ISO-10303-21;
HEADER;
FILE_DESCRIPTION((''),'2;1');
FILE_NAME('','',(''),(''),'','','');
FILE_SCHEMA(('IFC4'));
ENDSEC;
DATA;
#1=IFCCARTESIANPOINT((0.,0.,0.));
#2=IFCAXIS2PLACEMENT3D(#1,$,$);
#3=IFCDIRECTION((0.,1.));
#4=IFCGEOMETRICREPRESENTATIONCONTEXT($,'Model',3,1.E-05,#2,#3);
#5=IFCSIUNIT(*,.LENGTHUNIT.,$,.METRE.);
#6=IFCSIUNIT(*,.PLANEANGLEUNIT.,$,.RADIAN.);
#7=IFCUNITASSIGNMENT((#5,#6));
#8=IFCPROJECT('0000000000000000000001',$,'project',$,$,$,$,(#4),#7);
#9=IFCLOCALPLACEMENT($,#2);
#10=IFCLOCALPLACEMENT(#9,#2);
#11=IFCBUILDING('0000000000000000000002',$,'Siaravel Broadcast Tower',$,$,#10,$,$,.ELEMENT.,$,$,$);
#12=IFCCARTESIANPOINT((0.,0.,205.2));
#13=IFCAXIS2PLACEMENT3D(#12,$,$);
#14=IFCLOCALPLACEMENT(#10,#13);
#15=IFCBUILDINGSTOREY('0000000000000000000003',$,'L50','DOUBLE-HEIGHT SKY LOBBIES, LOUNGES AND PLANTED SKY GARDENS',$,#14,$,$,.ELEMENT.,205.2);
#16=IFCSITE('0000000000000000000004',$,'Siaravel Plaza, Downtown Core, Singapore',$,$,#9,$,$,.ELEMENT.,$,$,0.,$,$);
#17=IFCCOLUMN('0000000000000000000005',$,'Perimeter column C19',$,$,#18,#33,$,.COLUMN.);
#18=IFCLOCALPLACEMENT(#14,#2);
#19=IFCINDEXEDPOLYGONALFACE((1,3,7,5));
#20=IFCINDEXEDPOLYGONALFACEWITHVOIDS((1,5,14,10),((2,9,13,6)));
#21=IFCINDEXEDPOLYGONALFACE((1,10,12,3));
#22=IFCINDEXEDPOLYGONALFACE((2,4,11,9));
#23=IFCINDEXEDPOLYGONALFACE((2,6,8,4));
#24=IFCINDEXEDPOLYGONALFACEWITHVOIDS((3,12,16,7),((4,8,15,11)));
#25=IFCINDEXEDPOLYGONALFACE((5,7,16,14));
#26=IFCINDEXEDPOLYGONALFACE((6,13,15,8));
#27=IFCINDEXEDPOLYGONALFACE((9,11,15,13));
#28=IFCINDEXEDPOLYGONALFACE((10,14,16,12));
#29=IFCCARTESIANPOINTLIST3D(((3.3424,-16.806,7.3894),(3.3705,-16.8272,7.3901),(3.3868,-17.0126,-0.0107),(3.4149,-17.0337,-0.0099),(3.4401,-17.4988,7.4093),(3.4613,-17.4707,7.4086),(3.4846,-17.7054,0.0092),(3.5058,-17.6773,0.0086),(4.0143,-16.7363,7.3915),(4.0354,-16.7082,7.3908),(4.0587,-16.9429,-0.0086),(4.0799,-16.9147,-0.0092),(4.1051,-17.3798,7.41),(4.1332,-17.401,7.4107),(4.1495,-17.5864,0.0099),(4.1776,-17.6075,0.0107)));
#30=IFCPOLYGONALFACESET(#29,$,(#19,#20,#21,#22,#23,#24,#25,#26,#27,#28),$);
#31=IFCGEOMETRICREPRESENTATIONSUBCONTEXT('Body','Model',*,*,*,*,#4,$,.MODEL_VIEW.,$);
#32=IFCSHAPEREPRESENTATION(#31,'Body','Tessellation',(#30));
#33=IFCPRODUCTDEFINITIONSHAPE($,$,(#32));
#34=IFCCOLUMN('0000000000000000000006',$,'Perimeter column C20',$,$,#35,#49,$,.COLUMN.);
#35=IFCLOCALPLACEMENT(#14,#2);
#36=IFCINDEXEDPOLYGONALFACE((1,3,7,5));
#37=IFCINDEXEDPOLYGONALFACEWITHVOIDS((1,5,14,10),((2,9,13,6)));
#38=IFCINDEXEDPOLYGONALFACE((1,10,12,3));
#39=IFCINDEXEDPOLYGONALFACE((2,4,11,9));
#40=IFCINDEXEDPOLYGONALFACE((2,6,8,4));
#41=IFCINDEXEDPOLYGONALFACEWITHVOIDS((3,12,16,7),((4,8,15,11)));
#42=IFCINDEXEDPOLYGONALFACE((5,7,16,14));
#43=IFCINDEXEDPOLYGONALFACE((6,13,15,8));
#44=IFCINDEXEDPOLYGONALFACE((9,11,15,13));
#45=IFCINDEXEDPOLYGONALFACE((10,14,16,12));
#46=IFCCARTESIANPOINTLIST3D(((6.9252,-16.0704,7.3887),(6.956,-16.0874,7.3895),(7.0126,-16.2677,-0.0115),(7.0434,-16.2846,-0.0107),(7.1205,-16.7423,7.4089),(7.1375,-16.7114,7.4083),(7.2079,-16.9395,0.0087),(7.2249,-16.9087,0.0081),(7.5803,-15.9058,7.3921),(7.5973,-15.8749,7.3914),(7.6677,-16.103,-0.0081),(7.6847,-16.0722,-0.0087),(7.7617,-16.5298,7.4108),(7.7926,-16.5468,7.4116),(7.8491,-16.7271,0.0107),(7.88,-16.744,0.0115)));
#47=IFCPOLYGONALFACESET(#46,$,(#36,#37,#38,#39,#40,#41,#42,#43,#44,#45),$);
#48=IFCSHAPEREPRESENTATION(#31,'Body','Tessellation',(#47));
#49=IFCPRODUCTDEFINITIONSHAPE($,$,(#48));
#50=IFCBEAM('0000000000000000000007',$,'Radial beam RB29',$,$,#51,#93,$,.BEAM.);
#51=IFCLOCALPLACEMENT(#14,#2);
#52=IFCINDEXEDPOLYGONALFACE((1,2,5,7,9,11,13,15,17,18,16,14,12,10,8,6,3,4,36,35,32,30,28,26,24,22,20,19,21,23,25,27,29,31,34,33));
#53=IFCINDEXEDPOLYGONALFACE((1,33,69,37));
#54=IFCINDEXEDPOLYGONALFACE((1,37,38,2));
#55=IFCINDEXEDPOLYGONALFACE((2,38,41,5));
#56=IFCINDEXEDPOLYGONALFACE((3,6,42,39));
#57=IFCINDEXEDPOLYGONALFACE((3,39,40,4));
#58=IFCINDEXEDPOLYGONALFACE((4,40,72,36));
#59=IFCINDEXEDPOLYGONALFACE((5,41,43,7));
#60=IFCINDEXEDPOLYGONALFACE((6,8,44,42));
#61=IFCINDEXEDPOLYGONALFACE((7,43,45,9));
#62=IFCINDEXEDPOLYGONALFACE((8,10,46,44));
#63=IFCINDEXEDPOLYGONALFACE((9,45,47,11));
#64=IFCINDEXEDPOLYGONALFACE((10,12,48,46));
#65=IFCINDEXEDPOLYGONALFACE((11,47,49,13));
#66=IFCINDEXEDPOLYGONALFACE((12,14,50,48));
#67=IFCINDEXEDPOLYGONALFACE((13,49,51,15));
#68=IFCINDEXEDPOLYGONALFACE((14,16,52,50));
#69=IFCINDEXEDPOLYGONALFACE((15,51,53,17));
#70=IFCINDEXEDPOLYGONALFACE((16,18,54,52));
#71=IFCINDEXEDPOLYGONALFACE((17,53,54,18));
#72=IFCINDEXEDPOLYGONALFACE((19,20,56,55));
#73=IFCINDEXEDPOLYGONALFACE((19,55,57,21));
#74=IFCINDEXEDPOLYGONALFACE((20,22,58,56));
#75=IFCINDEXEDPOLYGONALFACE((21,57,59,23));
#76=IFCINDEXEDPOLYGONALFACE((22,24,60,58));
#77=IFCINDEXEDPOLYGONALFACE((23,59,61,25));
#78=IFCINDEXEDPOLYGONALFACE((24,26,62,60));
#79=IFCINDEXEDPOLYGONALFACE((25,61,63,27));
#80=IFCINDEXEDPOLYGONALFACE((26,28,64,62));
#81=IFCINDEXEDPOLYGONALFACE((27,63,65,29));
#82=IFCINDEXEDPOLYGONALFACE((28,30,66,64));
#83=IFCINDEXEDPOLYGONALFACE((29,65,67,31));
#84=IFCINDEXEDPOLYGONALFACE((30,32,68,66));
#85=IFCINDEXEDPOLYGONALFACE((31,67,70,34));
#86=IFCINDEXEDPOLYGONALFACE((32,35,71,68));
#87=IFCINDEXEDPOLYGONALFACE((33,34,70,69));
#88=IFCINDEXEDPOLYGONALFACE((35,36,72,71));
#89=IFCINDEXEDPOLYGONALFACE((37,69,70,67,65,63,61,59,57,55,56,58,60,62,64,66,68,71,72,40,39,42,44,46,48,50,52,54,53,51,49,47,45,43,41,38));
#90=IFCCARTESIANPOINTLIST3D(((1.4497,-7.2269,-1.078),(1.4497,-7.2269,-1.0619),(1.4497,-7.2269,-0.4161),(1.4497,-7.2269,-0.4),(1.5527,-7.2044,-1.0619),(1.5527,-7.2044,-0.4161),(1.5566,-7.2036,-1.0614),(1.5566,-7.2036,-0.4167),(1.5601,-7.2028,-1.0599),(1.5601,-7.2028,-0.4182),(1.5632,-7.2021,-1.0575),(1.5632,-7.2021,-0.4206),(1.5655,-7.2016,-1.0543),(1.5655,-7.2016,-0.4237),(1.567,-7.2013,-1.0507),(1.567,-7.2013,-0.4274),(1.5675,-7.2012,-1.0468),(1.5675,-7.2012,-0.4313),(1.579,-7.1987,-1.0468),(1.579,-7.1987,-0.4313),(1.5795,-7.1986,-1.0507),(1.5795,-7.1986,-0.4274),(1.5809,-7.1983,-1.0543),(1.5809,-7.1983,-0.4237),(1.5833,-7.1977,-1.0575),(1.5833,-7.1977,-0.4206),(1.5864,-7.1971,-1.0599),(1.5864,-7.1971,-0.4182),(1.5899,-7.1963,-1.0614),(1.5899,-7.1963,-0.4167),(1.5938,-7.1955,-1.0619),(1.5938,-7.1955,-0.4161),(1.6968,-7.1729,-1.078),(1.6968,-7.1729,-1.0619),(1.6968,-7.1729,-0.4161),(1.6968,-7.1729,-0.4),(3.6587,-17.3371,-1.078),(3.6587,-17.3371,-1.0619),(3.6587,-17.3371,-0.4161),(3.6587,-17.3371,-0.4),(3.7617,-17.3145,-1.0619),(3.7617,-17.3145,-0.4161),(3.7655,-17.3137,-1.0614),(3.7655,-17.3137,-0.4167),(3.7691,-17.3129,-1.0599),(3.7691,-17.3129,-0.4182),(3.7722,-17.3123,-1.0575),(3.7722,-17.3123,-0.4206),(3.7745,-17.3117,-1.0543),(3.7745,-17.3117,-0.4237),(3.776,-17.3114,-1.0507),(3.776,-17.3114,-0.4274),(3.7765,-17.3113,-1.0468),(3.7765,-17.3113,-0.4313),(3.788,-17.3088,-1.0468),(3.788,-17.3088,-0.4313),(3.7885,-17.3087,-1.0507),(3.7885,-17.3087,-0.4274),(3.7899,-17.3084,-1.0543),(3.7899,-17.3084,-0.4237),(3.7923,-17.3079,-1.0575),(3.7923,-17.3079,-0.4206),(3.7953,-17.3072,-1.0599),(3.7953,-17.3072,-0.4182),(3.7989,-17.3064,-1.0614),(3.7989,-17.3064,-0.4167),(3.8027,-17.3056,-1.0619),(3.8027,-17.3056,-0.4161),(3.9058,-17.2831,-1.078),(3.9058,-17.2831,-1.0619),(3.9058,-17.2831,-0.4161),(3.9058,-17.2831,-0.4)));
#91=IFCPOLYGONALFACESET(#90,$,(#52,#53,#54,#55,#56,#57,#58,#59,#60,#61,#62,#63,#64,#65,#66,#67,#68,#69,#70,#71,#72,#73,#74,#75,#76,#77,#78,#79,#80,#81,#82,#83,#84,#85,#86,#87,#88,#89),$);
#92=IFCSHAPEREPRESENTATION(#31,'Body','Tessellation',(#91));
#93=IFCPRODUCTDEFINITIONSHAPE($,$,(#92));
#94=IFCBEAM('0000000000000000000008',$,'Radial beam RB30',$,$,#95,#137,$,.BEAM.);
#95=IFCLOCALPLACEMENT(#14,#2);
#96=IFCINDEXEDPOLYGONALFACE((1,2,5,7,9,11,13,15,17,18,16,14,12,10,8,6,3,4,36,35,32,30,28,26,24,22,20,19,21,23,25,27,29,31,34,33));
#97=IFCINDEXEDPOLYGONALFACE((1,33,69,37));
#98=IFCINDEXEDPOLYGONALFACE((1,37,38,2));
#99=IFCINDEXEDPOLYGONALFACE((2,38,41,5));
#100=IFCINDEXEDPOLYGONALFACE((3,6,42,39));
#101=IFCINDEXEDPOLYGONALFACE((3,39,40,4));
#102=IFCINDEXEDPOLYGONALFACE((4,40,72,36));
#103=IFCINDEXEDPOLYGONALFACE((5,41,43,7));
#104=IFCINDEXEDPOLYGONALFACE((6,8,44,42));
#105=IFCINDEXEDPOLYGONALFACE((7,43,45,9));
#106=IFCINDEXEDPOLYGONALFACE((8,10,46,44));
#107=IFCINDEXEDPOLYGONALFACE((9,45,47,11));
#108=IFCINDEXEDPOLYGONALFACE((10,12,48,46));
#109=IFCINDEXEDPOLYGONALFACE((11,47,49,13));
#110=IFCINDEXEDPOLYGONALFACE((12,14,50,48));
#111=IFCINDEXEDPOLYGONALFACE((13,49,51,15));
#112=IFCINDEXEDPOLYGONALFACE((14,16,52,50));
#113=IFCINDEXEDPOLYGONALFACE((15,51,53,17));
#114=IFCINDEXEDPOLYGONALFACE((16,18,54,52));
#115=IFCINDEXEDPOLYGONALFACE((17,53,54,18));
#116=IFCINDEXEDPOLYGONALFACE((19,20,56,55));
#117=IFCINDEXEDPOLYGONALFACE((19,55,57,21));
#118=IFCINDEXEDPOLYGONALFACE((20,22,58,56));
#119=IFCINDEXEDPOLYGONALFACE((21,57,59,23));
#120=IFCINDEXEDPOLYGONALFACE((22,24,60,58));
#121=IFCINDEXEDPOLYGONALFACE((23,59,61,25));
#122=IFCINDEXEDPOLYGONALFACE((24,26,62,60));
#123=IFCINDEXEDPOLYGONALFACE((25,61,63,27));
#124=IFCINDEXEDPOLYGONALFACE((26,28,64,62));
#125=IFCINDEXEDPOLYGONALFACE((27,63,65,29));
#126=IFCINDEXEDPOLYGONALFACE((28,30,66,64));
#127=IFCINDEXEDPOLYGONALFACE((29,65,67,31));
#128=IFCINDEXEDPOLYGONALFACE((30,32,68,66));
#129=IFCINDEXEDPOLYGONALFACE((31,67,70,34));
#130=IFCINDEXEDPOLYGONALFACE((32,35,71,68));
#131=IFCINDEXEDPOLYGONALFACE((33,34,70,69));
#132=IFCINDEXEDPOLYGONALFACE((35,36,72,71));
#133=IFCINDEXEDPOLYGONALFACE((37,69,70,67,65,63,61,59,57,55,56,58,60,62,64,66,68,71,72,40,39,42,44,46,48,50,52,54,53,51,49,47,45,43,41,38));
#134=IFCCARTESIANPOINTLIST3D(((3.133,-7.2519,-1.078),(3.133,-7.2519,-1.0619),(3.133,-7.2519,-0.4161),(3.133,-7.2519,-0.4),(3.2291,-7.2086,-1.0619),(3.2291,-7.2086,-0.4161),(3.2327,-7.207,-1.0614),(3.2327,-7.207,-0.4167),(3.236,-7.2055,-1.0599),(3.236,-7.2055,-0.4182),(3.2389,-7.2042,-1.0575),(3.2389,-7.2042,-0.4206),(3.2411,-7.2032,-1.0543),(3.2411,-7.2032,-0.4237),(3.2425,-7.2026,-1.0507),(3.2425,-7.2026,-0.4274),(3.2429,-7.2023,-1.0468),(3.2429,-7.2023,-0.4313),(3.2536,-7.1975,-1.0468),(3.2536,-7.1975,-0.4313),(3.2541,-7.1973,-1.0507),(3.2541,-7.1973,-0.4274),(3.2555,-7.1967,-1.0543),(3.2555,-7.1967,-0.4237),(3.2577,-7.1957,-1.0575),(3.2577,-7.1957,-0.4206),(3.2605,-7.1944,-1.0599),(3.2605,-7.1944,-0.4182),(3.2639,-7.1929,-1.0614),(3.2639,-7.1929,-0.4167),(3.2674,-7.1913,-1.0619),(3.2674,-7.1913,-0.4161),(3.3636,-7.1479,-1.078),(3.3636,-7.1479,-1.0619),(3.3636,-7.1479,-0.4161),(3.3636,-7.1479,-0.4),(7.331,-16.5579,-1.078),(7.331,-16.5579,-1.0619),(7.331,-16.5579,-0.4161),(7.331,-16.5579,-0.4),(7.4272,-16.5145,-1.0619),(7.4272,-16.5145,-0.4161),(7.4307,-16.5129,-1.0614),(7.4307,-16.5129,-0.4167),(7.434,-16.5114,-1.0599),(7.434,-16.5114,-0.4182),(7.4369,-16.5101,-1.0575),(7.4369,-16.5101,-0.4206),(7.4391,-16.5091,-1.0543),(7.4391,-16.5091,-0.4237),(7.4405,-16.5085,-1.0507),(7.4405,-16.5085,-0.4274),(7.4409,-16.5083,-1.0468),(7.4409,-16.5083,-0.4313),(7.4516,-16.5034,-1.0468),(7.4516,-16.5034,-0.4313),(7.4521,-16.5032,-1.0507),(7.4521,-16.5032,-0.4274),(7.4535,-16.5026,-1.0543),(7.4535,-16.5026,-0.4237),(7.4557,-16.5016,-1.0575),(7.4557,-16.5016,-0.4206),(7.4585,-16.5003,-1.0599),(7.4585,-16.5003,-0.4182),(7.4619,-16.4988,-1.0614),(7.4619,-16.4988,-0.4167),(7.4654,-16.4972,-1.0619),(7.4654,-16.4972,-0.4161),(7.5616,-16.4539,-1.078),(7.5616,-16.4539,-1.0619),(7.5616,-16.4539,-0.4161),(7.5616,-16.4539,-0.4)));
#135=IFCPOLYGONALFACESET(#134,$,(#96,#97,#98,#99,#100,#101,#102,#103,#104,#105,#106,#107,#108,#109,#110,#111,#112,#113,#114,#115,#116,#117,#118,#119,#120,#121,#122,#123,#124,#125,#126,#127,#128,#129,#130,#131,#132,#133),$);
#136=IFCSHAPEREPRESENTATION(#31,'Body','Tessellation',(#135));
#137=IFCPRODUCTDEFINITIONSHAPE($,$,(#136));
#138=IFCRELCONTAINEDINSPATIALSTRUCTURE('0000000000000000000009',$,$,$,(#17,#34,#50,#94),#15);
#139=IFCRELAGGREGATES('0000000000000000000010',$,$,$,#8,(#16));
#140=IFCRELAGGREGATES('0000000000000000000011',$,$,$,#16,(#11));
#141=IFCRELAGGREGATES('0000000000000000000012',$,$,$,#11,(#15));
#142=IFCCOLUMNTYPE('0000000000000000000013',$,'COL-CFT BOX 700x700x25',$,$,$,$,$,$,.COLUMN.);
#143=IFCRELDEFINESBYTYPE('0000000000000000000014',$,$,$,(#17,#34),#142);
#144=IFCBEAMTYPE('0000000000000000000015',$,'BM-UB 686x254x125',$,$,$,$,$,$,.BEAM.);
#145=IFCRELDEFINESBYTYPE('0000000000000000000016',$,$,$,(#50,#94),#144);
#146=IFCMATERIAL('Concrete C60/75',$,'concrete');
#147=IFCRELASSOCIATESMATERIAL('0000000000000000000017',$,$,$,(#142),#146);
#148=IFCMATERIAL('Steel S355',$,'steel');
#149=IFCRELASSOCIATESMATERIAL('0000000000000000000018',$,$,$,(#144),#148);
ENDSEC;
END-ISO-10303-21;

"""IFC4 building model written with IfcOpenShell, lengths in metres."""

from ifc_helpers import new_model, si_unit, direction, frame, origin, origin_2d, place, context, subcontext, project, spatial, hollow_rectangle, i_section, extrude, material, material_profile, profile_set, type_object, element, save


model = new_model("IFC4")

# Units and contexts
model_context = context("Model", 3, precision=1e-05, world=origin(), true_north=direction((0.0, 1.0)))
body_context = subcontext(model_context, "Body", "Model", "MODEL_VIEW")
ifc_project = project(units=[si_unit("LENGTHUNIT", "METRE"), si_unit("PLANEANGLEUNIT", "RADIAN")], contexts=[model_context])

# Site, building, storey
site_placement = place(None, origin())
site = spatial("IfcSite", under=ifc_project, at=site_placement, Name="Siaravel Plaza, Downtown Core, Singapore", CompositionType="ELEMENT", RefElevation=0.0)
building_placement = place(site_placement, origin())
building = spatial("IfcBuilding", under=site, at=building_placement, Name="Siaravel Broadcast Tower", CompositionType="ELEMENT")
storey_placement = place(building_placement, frame((0.0, 0.0, 205.2)))
storey = spatial("IfcBuildingStorey", under=building, at=storey_placement, Name="L50", Description="DOUBLE-HEIGHT SKY LOBBIES, LOUNGES AND PLANTED SKY GARDENS", CompositionType="ELEMENT", Elevation=205.2)

# Columns
ifc_material_1 = material(Name="Concrete C60/75", Category="concrete")
ifc_material_profile_1 = material_profile(ifc_material_1, hollow_rectangle(XDim=0.7, YDim=0.7, WallThickness=0.0249, at=origin_2d()))
ifc_profile_set_1 = profile_set([ifc_material_profile_1], Name="Concrete C60/75")
column_type = type_object("IfcColumnType", Name="COL-CFT BOX 700x700x25", PredefinedType="COLUMN", material=ifc_profile_set_1)
column_1_placement = place(storey_placement, frame((3.7822, -17.3101, 0.0), z_axis=(-0.006002, 0.027899, 0.999593), x_axis=(-0.990179, -0.139789, -0.002044)))
element("IfcColumn", 1, at=column_1_placement, inside=storey, type_object=column_type, Name="Perimeter column C19", PredefinedType="COLUMN", context=body_context, shape_type="SweptSolid", body=[
    extrude(hollow_rectangle(XDim=0.7, YDim=0.7, WallThickness=0.0249, at=origin_2d()), origin(), (0.0, 0.0, 1.0), 7.4031),
])
column_2_placement = place(storey_placement, frame((7.4463, -16.5059, 0.0), z_axis=(-0.011806, 0.026646, 0.999575), x_axis=(-0.960194, -0.279306, -0.003895)))
element("IfcColumn", 2, at=column_2_placement, inside=storey, type_object=column_type, Name="Perimeter column C20", PredefinedType="COLUMN", context=body_context, shape_type="SweptSolid", body=[
    extrude(hollow_rectangle(XDim=0.7, YDim=0.7, WallThickness=0.0249, at=origin_2d()), origin(), (0.0, 0.0, 1.0), 7.4033),
])

# Beams
ifc_material_2 = material(Name="Steel S355", Category="steel")
ifc_material_profile_2 = material_profile(ifc_material_2, i_section(OverallWidth=0.2529, OverallDepth=0.678, WebThickness=0.0117, FlangeThickness=0.0161, FilletRadius=0.0151, at=origin_2d()))
ifc_profile_set_2 = profile_set([ifc_material_profile_2], Name="Steel S355")
beam_type = type_object("IfcBeamType", Name="BM-UB 686x254x125", PredefinedType="BEAM", material=ifc_profile_set_2)
beam_1_placement = place(storey_placement, frame((3.7822, -17.3101, -0.739), z_axis=(-0.213457, 0.976952, 0.0), x_axis=(-0.976952, -0.213457, 0.0)))
element("IfcBeam", 3, at=beam_1_placement, inside=storey, type_object=beam_type, Name="Radial beam RB29", PredefinedType="BEAM", context=body_context, shape_type="SweptSolid", body=[
    extrude(i_section(OverallWidth=0.2529, OverallDepth=0.678, WebThickness=0.0117, FlangeThickness=0.0161, FilletRadius=0.0151, at=origin_2d()), origin(), (0.0, 0.0, 1.0), 10.3486),
])
beam_2_placement = place(storey_placement, frame((7.4463, -16.5059, -0.739), z_axis=(-0.411207, 0.911542, 0.0), x_axis=(-0.911542, -0.411207, 0.0)))
element("IfcBeam", 4, at=beam_2_placement, inside=storey, type_object=beam_type, Name="Radial beam RB30", PredefinedType="BEAM", context=body_context, shape_type="SweptSolid", body=[
    extrude(i_section(OverallWidth=0.2529, OverallDepth=0.678, WebThickness=0.0117, FlangeThickness=0.0161, FilletRadius=0.0151, at=origin_2d()), origin(), (0.0, 0.0, 1.0), 10.209),
])

save(model, "model.ifc")
